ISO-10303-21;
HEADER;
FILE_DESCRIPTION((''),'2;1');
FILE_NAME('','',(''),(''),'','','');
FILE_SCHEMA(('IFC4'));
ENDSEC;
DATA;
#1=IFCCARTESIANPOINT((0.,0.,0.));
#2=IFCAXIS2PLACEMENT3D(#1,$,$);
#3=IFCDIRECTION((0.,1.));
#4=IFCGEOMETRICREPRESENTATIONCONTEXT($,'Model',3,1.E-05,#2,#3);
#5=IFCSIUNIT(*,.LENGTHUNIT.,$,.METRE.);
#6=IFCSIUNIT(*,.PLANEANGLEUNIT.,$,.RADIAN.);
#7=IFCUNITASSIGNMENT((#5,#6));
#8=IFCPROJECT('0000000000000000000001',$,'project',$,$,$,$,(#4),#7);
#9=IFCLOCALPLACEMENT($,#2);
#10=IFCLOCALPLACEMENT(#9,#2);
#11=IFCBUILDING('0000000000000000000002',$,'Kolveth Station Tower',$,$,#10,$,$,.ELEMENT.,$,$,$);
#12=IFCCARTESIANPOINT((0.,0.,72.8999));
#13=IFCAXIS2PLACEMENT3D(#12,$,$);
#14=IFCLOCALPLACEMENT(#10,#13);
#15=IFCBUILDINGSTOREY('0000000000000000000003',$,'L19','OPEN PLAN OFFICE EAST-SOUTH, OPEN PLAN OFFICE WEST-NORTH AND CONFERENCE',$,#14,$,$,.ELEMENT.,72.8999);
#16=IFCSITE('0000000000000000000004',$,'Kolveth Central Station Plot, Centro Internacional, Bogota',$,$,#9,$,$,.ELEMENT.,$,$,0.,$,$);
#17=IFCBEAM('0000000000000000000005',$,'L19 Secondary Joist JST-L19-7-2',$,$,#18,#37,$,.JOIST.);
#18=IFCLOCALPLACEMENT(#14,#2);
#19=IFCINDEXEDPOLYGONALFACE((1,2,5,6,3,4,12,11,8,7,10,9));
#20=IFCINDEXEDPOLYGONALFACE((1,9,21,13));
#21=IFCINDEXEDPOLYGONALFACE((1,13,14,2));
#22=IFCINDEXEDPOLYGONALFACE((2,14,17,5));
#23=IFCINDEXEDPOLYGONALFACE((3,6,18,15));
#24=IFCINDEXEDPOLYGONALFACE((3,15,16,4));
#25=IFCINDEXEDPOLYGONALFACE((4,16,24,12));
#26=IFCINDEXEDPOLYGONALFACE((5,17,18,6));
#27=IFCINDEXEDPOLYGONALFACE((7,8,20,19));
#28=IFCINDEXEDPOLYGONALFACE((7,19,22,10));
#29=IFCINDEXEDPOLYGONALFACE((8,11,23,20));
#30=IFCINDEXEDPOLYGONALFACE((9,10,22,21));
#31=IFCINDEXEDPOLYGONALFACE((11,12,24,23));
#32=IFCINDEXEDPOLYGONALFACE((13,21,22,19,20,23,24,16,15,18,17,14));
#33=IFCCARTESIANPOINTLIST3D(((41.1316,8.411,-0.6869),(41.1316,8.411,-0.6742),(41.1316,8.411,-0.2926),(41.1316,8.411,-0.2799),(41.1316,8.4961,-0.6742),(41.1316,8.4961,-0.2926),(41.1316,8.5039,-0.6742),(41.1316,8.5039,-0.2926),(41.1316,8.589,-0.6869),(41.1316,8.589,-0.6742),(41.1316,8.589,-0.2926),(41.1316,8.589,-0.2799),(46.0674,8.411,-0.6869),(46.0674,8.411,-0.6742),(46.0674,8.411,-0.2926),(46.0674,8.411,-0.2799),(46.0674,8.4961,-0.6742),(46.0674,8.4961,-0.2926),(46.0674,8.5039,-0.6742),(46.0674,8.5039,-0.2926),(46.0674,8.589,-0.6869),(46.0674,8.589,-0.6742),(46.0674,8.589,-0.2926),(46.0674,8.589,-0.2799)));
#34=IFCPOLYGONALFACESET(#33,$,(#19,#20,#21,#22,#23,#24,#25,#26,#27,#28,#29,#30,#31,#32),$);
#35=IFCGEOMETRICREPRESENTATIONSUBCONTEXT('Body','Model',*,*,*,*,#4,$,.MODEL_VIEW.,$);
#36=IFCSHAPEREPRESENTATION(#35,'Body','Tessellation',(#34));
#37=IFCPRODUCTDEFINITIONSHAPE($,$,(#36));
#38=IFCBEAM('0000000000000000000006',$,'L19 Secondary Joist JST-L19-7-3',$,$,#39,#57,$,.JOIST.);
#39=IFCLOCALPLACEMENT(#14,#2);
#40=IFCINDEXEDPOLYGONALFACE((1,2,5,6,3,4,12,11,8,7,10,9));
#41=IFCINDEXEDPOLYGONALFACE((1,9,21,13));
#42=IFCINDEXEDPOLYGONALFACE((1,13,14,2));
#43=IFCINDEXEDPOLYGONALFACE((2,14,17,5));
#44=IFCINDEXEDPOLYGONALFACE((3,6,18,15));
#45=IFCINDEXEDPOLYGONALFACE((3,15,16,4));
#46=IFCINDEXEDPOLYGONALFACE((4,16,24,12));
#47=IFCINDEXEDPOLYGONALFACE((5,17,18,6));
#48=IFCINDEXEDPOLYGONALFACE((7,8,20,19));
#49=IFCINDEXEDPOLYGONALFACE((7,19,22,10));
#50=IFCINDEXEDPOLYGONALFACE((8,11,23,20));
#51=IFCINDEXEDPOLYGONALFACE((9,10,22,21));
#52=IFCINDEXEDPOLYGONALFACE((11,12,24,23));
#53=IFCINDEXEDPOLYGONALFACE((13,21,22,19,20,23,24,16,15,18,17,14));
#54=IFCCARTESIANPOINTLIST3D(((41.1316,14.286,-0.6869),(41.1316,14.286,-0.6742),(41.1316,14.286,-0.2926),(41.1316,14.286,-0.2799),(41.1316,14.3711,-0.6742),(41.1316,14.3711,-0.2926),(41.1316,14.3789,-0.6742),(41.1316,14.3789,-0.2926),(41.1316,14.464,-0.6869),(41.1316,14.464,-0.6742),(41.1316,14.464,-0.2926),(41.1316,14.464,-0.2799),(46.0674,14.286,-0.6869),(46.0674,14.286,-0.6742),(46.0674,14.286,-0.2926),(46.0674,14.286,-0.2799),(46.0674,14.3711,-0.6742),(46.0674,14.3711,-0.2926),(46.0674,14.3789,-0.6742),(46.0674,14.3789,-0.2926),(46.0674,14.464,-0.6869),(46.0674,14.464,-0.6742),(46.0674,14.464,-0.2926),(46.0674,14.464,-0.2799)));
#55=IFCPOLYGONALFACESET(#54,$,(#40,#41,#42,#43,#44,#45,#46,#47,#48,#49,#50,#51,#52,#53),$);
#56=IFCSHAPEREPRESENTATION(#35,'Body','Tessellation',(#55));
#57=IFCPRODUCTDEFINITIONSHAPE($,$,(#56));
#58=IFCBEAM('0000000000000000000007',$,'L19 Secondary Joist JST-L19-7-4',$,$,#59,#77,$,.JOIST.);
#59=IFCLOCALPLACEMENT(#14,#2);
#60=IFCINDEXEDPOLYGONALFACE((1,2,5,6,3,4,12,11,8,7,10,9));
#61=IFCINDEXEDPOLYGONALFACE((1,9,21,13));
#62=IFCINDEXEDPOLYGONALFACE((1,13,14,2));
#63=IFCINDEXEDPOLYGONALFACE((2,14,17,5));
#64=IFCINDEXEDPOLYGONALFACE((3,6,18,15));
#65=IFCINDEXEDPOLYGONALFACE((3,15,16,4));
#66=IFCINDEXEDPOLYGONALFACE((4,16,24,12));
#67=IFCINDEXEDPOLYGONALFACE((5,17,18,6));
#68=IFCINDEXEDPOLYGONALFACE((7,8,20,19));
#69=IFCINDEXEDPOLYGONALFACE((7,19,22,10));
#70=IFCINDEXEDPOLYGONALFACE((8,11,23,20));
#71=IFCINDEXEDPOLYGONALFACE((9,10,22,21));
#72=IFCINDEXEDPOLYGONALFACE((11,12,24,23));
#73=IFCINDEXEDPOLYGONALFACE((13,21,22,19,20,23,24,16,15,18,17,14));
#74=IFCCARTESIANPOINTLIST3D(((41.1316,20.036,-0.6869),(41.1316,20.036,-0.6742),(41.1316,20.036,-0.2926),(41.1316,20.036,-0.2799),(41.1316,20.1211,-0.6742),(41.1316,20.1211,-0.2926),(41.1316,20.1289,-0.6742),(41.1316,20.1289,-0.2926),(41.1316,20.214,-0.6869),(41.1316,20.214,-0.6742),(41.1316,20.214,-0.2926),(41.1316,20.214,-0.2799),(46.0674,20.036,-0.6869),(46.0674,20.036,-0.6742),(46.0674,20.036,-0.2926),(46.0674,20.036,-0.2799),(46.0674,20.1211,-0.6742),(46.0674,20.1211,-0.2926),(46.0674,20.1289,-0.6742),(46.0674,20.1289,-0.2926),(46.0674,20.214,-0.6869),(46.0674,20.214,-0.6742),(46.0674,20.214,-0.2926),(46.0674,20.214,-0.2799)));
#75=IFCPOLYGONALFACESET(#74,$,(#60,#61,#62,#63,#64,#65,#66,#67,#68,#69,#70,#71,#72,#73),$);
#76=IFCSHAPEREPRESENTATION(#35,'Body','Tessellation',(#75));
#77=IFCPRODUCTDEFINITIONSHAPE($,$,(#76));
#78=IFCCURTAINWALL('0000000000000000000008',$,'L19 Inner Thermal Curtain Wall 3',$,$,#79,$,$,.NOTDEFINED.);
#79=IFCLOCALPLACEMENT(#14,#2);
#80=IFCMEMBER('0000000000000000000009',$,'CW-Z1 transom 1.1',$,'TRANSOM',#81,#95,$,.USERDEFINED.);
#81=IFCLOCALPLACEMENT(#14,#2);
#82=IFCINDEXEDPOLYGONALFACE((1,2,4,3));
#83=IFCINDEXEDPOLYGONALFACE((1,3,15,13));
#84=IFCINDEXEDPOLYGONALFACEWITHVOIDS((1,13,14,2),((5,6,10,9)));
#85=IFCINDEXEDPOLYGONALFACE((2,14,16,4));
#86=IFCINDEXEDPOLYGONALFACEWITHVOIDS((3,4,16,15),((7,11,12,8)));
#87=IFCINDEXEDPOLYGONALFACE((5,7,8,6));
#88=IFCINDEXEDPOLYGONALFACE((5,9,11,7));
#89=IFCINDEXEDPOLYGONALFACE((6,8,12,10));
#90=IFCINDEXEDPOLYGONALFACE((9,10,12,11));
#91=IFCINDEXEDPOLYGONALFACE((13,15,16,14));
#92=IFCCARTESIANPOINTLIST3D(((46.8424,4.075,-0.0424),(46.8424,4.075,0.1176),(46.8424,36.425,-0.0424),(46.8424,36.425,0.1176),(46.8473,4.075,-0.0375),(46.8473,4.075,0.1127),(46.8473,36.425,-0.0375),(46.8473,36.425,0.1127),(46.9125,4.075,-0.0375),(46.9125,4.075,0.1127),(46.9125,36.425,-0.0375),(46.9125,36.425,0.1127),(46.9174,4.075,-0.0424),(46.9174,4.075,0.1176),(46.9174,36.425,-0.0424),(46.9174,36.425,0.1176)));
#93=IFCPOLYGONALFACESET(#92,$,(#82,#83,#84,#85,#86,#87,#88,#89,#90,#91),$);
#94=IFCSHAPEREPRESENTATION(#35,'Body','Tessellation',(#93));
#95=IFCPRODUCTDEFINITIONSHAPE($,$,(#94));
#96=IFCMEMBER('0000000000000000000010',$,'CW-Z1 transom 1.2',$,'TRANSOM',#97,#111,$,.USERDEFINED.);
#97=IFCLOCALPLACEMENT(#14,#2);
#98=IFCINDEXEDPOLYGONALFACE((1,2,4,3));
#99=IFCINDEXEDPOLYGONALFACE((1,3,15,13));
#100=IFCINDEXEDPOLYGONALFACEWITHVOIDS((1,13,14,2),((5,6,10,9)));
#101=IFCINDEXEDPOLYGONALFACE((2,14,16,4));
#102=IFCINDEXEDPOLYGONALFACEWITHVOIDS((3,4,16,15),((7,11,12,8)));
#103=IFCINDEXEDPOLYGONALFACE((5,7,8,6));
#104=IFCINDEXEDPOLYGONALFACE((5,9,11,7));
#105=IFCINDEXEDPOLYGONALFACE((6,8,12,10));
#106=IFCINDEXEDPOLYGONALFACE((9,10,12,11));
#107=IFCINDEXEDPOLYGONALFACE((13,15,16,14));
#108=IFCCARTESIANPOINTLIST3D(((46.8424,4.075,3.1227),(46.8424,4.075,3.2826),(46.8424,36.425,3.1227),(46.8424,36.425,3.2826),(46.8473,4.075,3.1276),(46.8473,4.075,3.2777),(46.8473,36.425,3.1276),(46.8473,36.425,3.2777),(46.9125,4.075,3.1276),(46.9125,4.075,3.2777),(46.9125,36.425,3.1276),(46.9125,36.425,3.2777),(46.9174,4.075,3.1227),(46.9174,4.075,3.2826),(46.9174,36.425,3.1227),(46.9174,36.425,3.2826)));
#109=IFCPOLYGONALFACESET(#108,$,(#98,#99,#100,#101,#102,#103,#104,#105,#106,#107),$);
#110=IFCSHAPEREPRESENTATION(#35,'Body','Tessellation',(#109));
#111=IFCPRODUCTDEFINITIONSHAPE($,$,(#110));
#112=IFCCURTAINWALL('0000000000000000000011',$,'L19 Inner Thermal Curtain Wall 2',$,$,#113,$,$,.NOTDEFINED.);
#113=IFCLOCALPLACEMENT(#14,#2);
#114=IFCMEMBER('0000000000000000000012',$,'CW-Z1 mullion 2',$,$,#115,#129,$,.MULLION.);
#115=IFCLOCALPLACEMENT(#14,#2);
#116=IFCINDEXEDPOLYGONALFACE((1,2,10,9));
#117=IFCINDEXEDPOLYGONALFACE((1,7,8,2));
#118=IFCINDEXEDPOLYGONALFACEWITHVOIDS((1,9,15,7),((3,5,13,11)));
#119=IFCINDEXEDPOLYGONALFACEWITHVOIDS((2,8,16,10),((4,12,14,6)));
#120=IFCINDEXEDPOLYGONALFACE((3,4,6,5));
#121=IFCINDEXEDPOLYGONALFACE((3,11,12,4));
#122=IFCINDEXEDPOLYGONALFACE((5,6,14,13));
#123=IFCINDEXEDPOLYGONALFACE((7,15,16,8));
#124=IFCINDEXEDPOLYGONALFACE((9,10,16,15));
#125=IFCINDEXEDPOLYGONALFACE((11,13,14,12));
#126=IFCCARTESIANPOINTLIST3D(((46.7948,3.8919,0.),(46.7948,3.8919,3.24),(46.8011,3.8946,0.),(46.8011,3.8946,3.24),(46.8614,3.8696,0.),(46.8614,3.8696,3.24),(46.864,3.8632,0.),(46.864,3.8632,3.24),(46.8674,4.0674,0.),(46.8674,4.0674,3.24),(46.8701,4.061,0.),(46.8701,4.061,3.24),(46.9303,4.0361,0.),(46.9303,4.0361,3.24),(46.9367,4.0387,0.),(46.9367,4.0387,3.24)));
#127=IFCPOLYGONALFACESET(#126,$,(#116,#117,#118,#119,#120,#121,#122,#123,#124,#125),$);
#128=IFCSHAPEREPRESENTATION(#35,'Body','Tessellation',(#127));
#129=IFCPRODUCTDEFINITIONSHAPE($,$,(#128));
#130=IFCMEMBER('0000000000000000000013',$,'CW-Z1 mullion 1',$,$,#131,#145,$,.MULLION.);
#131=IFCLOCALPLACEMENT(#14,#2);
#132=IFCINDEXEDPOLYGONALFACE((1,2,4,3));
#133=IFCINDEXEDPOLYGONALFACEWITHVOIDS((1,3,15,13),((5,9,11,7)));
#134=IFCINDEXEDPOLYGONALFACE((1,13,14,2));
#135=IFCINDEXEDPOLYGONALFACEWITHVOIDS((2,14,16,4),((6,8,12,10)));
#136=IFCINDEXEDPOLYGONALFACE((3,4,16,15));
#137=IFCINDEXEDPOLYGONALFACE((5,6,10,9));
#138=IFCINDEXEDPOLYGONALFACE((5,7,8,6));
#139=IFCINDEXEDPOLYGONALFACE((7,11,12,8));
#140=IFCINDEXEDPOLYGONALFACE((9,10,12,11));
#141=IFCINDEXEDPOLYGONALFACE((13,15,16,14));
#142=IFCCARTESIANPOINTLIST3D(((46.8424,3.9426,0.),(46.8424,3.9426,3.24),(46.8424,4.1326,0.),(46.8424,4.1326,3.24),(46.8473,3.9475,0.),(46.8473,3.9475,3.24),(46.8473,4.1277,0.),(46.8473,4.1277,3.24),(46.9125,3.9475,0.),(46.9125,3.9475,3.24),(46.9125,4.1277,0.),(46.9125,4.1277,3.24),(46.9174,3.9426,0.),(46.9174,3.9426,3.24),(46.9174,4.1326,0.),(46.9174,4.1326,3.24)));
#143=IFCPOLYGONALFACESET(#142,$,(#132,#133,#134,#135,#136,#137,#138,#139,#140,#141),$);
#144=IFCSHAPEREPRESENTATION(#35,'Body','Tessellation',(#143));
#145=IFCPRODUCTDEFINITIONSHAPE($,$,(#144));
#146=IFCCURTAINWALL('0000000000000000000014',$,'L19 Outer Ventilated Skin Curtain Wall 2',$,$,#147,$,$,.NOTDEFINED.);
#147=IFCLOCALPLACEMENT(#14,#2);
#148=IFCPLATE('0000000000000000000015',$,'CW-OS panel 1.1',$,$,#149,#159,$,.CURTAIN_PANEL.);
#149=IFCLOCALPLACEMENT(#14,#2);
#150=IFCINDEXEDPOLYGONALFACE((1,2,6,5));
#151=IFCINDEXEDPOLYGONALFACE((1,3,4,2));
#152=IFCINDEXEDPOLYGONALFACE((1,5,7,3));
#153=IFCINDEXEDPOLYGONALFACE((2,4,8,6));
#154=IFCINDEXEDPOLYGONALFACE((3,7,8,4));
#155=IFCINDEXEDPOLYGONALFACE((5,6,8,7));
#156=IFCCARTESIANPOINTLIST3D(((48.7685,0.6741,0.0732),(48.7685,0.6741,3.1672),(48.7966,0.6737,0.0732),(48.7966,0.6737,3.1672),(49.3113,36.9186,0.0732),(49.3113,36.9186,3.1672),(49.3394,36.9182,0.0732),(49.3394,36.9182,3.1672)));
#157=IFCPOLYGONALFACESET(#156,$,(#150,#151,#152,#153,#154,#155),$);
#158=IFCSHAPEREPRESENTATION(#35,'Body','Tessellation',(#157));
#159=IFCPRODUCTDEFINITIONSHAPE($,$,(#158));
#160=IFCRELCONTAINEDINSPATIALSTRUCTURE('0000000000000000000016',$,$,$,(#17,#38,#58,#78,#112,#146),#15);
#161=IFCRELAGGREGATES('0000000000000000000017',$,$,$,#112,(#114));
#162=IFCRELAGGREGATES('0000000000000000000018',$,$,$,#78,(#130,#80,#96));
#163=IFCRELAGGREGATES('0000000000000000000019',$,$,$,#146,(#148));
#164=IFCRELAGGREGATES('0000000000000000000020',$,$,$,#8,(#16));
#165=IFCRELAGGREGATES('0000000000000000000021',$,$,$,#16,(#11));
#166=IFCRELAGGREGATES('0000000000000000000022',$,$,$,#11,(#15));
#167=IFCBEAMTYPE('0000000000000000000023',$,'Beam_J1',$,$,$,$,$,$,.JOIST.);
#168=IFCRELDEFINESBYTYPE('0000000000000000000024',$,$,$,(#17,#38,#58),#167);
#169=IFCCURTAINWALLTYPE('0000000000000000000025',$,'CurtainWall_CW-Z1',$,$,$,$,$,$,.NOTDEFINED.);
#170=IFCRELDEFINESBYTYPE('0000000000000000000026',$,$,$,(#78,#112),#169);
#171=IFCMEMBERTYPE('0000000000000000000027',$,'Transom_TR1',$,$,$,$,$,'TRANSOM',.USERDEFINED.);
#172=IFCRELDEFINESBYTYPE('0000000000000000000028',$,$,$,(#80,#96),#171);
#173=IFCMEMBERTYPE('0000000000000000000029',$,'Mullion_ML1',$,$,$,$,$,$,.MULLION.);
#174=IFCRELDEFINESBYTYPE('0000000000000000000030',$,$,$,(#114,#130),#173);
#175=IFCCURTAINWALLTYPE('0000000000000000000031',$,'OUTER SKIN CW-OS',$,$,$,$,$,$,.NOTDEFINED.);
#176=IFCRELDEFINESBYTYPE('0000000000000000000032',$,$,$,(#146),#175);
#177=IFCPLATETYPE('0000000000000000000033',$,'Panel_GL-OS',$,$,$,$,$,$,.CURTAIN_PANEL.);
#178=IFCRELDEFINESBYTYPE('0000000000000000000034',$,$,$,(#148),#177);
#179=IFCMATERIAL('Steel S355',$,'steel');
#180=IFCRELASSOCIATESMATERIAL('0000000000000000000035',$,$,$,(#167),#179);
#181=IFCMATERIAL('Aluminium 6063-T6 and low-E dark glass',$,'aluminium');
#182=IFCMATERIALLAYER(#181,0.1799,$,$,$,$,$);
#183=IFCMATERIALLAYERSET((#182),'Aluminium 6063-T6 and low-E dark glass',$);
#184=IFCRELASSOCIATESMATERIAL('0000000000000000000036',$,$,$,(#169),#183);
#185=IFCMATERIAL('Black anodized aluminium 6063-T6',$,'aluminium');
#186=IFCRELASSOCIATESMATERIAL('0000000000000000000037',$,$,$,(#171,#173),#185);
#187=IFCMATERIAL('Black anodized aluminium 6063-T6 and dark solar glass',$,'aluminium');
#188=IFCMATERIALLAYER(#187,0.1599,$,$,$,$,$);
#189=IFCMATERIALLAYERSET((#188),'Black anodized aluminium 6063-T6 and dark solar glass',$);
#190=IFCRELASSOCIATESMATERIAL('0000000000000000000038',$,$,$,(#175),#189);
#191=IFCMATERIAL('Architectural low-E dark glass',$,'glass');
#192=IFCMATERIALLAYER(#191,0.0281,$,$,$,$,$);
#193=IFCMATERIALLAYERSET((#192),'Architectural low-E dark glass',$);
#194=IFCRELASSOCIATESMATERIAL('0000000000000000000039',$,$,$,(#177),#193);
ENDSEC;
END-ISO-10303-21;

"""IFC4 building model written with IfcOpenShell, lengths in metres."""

from ifc_helpers import new_model, si_unit, direction, frame, origin, origin_2d, place, context, subcontext, project, spatial, rectangle, hollow_rectangle, i_section, extrude, source, transform, mapped, material, layer, layer_set, material_profile, profile_set, type_object, element, aggregate, save


model = new_model("IFC4")

# Units and contexts
model_context = context("Model", 3, precision=1e-05, world=origin(), true_north=direction((0.0, 1.0)))
body_context = subcontext(model_context, "Body", "Model", "MODEL_VIEW")
ifc_project = project(units=[si_unit("LENGTHUNIT", "METRE"), si_unit("PLANEANGLEUNIT", "RADIAN")], contexts=[model_context])

# Site, building, storey
site_placement = place(None, origin())
site = spatial("IfcSite", under=ifc_project, at=site_placement, Name="Kolveth Central Station Plot, Centro Internacional, Bogota", CompositionType="ELEMENT", RefElevation=0.0)
building_placement = place(site_placement, origin())
building = spatial("IfcBuilding", under=site, at=building_placement, Name="Kolveth Station Tower", CompositionType="ELEMENT")
storey_placement = place(building_placement, frame((0.0, 0.0, 72.8999)))
storey = spatial("IfcBuildingStorey", under=building, at=storey_placement, Name="L19", Description="OPEN PLAN OFFICE EAST-SOUTH, OPEN PLAN OFFICE WEST-NORTH AND CONFERENCE", CompositionType="ELEMENT", Elevation=72.8999)

# Shared definitions
ifc_material_1 = material(Name="Steel S355", Category="steel")

# Beams
ifc_material_profile_1 = material_profile(ifc_material_1, i_section(OverallWidth=0.178, OverallDepth=0.407, WebThickness=0.0078, FlangeThickness=0.0127, at=origin_2d()), Name="W410x60")
ifc_profile_set_1 = profile_set([ifc_material_profile_1], Name="Steel S355")
beam_type_1 = type_object("IfcBeamType", Name="Beam_J1", PredefinedType="JOIST", material=ifc_profile_set_1)
shared_shape_1 = source(origin(), body_context, "Body", "SweptSolid", [
    extrude(i_section(OverallWidth=0.178, OverallDepth=0.407, WebThickness=0.0078, FlangeThickness=0.0127, at=origin_2d()), origin(), (0.0, 0.0, 1.0), 4.9358),
])
for number, where, z_axis, x_axis, name in (
    (1, (41.1316, 8.5, -0.4834), (1.0, 0.0, 0.0), (0.0, 1.0, 0.0), "L19 Secondary Joist JST-L19-7-2"),
    (2, (41.1316, 14.375, -0.4834), (1.0, 0.0, 0.0), (0.0, 1.0, 0.0), "L19 Secondary Joist JST-L19-7-3"),
    (3, (41.1316, 20.125, -0.4834), (1.0, 0.0, 0.0), (0.0, 1.0, 0.0), "L19 Secondary Joist JST-L19-7-4"),
):
    element("IfcBeam", number, at=place(storey_placement, frame(where, z_axis=z_axis, x_axis=x_axis)), inside=storey, type_object=beam_type_1, Name=name, PredefinedType="JOIST", context=body_context, shape_type="MappedRepresentation", body=[
        mapped(shared_shape_1, transform((0.0, 0.0, 0.0), x_axis=(1.0, 0.0, 0.0), y_axis=(0.0, 1.0, 0.0), z_axis=(0.0, 0.0, 1.0), scale=1.0)),
    ])

# Curtain wall, members
ifc_material_2 = material(Name="Aluminium 6063-T6 and low-E dark glass", Category="aluminium")
ifc_layer_1 = layer(ifc_material_2, 0.1799)
ifc_layer_set_1 = layer_set([ifc_layer_1], Name="Aluminium 6063-T6 and low-E dark glass")
curtain_wall_type_1 = type_object("IfcCurtainWallType", Name="CurtainWall_CW-Z1", PredefinedType="NOTDEFINED", material=ifc_layer_set_1)
curtain_wall_1_placement = place(storey_placement, origin())
curtain_wall_1 = element("IfcCurtainWall", 4, at=curtain_wall_1_placement, inside=storey, type_object=curtain_wall_type_1, Name="L19 Inner Thermal Curtain Wall 3", PredefinedType="NOTDEFINED")
ifc_material_3 = material(Name="Black anodized aluminium 6063-T6", Category="aluminium")
ifc_material_profile_2 = material_profile(ifc_material_3, hollow_rectangle(XDim=0.075, YDim=0.1599, WallThickness=0.0049, at=origin_2d()), Name="ALU-75x160x5")
ifc_profile_set_2 = profile_set([ifc_material_profile_2], Name="Black anodized aluminium 6063-T6")
member_type_1 = type_object("IfcMemberType", Name="Transom_TR1", ElementType="TRANSOM", PredefinedType="USERDEFINED", material=ifc_profile_set_2)
shared_shape_2 = source(origin(), body_context, "Body", "SweptSolid", [
    extrude(hollow_rectangle(XDim=0.075, YDim=0.1599, WallThickness=0.0049, at=origin_2d()), origin(), (0.0, 0.0, 1.0), 32.3501),
])
member_1_placement = place(storey_placement, frame((46.8799, 4.075, 0.0376), z_axis=(0.0, 1.0, 0.0), x_axis=(-1.0, 0.0, 0.0)))
member_1 = element("IfcMember", 5, at=member_1_placement, type_object=member_type_1, Name="CW-Z1 transom 1.1", ObjectType="TRANSOM", PredefinedType="USERDEFINED", context=body_context, shape_type="MappedRepresentation", body=[
    mapped(shared_shape_2, transform((0.0, 0.0, 0.0), x_axis=(1.0, 0.0, 0.0), y_axis=(0.0, 1.0, 0.0), z_axis=(0.0, 0.0, 1.0), scale=1.0)),
])
member_2_placement = place(storey_placement, frame((46.8799, 4.075, 3.2026), z_axis=(0.0, 1.0, 0.0), x_axis=(-1.0, 0.0, 0.0)))
member_2 = element("IfcMember", 6, at=member_2_placement, type_object=member_type_1, Name="CW-Z1 transom 1.2", ObjectType="TRANSOM", PredefinedType="USERDEFINED", context=body_context, shape_type="MappedRepresentation", body=[
    mapped(shared_shape_2, transform((0.0, 0.0, 0.0), x_axis=(1.0, 0.0, 0.0), y_axis=(0.0, 1.0, 0.0), z_axis=(0.0, 0.0, 1.0), scale=1.0)),
])

# Curtain wall, member
curtain_wall_2_placement = place(storey_placement, origin())
curtain_wall_2 = element("IfcCurtainWall", 7, at=curtain_wall_2_placement, inside=storey, type_object=curtain_wall_type_1, Name="L19 Inner Thermal Curtain Wall 2", PredefinedType="NOTDEFINED")
ifc_material_profile_3 = material_profile(ifc_material_3, hollow_rectangle(XDim=0.075, YDim=0.1899, WallThickness=0.0049, at=origin_2d()), Name="ALU-75x190x5")
ifc_profile_set_3 = profile_set([ifc_material_profile_3], Name="Black anodized aluminium 6063-T6")
member_type_2 = type_object("IfcMemberType", Name="Mullion_ML1", PredefinedType="MULLION", material=ifc_profile_set_3)
shared_shape_3 = source(origin(), body_context, "Body", "SweptSolid", [
    extrude(hollow_rectangle(XDim=0.075, YDim=0.1899, WallThickness=0.0049, at=origin_2d()), origin(), (0.0, 0.0, 1.0), 3.24),
])
member_3_placement = place(storey_placement, frame((46.8657, 3.9653, 0.0), z_axis=(0.0, 0.0, 1.0), x_axis=(-0.923884, 0.382673, 0.0)))
member_3 = element("IfcMember", 8, at=member_3_placement, type_object=member_type_2, Name="CW-Z1 mullion 2", PredefinedType="MULLION", context=body_context, shape_type="MappedRepresentation", body=[
    mapped(shared_shape_3, transform((0.0, 0.0, 0.0), x_axis=(1.0, 0.0, 0.0), y_axis=(0.0, 1.0, 0.0), z_axis=(0.0, 0.0, 1.0), scale=1.0)),
])
aggregate(curtain_wall_2, [member_3])

# Member
member_4_placement = place(storey_placement, frame((46.8799, 4.0376, 0.0), z_axis=(0.0, 0.0, 1.0), x_axis=(-1.0, 0.0, 0.0)))
member_4 = element("IfcMember", 9, at=member_4_placement, type_object=member_type_2, Name="CW-Z1 mullion 1", PredefinedType="MULLION", context=body_context, shape_type="MappedRepresentation", body=[
    mapped(shared_shape_3, transform((0.0, 0.0, 0.0), x_axis=(1.0, 0.0, 0.0), y_axis=(0.0, 1.0, 0.0), z_axis=(0.0, 0.0, 1.0), scale=1.0)),
])
aggregate(curtain_wall_1, [member_4, member_1, member_2])

# Curtain wall, plate
ifc_material_4 = material(Name="Black anodized aluminium 6063-T6 and dark solar glass", Category="aluminium")
ifc_layer_2 = layer(ifc_material_4, 0.1599)
ifc_layer_set_2 = layer_set([ifc_layer_2], Name="Black anodized aluminium 6063-T6 and dark solar glass")
curtain_wall_type_2 = type_object("IfcCurtainWallType", Name="OUTER SKIN CW-OS", PredefinedType="NOTDEFINED", material=ifc_layer_set_2)
curtain_wall_3_placement = place(storey_placement, origin())
curtain_wall_3 = element("IfcCurtainWall", 10, at=curtain_wall_3_placement, inside=storey, type_object=curtain_wall_type_2, Name="L19 Outer Ventilated Skin Curtain Wall 2", PredefinedType="NOTDEFINED")
ifc_material_5 = material(Name="Architectural low-E dark glass", Category="glass")
ifc_layer_3 = layer(ifc_material_5, 0.0281)
ifc_layer_set_3 = layer_set([ifc_layer_3], Name="Architectural low-E dark glass")
plate_type = type_object("IfcPlateType", Name="Panel_GL-OS", PredefinedType="CURTAIN_PANEL", material=ifc_layer_set_3)
shared_shape_4 = source(origin(), body_context, "Body", "SweptSolid", [
    extrude(rectangle(XDim=36.2485, YDim=0.0281, at=origin_2d()), origin(), (0.0, 0.0, 1.0), 3.094),
])
plate_placement = place(storey_placement, frame((49.054, 18.7961, 0.0732), z_axis=(0.0, 0.0, 1.0), x_axis=(0.014975, 0.999888, 0.0)))
plate = element("IfcPlate", 11, at=plate_placement, type_object=plate_type, Name="CW-OS panel 1.1", PredefinedType="CURTAIN_PANEL", context=body_context, shape_type="MappedRepresentation", body=[
    mapped(shared_shape_4, transform((0.0, 0.0, 0.0), x_axis=(1.0, 0.0, 0.0), y_axis=(0.0, 1.0, 0.0), z_axis=(0.0, 0.0, 1.0), scale=1.0)),
])
aggregate(curtain_wall_3, [plate])

save(model, "model.ifc")
